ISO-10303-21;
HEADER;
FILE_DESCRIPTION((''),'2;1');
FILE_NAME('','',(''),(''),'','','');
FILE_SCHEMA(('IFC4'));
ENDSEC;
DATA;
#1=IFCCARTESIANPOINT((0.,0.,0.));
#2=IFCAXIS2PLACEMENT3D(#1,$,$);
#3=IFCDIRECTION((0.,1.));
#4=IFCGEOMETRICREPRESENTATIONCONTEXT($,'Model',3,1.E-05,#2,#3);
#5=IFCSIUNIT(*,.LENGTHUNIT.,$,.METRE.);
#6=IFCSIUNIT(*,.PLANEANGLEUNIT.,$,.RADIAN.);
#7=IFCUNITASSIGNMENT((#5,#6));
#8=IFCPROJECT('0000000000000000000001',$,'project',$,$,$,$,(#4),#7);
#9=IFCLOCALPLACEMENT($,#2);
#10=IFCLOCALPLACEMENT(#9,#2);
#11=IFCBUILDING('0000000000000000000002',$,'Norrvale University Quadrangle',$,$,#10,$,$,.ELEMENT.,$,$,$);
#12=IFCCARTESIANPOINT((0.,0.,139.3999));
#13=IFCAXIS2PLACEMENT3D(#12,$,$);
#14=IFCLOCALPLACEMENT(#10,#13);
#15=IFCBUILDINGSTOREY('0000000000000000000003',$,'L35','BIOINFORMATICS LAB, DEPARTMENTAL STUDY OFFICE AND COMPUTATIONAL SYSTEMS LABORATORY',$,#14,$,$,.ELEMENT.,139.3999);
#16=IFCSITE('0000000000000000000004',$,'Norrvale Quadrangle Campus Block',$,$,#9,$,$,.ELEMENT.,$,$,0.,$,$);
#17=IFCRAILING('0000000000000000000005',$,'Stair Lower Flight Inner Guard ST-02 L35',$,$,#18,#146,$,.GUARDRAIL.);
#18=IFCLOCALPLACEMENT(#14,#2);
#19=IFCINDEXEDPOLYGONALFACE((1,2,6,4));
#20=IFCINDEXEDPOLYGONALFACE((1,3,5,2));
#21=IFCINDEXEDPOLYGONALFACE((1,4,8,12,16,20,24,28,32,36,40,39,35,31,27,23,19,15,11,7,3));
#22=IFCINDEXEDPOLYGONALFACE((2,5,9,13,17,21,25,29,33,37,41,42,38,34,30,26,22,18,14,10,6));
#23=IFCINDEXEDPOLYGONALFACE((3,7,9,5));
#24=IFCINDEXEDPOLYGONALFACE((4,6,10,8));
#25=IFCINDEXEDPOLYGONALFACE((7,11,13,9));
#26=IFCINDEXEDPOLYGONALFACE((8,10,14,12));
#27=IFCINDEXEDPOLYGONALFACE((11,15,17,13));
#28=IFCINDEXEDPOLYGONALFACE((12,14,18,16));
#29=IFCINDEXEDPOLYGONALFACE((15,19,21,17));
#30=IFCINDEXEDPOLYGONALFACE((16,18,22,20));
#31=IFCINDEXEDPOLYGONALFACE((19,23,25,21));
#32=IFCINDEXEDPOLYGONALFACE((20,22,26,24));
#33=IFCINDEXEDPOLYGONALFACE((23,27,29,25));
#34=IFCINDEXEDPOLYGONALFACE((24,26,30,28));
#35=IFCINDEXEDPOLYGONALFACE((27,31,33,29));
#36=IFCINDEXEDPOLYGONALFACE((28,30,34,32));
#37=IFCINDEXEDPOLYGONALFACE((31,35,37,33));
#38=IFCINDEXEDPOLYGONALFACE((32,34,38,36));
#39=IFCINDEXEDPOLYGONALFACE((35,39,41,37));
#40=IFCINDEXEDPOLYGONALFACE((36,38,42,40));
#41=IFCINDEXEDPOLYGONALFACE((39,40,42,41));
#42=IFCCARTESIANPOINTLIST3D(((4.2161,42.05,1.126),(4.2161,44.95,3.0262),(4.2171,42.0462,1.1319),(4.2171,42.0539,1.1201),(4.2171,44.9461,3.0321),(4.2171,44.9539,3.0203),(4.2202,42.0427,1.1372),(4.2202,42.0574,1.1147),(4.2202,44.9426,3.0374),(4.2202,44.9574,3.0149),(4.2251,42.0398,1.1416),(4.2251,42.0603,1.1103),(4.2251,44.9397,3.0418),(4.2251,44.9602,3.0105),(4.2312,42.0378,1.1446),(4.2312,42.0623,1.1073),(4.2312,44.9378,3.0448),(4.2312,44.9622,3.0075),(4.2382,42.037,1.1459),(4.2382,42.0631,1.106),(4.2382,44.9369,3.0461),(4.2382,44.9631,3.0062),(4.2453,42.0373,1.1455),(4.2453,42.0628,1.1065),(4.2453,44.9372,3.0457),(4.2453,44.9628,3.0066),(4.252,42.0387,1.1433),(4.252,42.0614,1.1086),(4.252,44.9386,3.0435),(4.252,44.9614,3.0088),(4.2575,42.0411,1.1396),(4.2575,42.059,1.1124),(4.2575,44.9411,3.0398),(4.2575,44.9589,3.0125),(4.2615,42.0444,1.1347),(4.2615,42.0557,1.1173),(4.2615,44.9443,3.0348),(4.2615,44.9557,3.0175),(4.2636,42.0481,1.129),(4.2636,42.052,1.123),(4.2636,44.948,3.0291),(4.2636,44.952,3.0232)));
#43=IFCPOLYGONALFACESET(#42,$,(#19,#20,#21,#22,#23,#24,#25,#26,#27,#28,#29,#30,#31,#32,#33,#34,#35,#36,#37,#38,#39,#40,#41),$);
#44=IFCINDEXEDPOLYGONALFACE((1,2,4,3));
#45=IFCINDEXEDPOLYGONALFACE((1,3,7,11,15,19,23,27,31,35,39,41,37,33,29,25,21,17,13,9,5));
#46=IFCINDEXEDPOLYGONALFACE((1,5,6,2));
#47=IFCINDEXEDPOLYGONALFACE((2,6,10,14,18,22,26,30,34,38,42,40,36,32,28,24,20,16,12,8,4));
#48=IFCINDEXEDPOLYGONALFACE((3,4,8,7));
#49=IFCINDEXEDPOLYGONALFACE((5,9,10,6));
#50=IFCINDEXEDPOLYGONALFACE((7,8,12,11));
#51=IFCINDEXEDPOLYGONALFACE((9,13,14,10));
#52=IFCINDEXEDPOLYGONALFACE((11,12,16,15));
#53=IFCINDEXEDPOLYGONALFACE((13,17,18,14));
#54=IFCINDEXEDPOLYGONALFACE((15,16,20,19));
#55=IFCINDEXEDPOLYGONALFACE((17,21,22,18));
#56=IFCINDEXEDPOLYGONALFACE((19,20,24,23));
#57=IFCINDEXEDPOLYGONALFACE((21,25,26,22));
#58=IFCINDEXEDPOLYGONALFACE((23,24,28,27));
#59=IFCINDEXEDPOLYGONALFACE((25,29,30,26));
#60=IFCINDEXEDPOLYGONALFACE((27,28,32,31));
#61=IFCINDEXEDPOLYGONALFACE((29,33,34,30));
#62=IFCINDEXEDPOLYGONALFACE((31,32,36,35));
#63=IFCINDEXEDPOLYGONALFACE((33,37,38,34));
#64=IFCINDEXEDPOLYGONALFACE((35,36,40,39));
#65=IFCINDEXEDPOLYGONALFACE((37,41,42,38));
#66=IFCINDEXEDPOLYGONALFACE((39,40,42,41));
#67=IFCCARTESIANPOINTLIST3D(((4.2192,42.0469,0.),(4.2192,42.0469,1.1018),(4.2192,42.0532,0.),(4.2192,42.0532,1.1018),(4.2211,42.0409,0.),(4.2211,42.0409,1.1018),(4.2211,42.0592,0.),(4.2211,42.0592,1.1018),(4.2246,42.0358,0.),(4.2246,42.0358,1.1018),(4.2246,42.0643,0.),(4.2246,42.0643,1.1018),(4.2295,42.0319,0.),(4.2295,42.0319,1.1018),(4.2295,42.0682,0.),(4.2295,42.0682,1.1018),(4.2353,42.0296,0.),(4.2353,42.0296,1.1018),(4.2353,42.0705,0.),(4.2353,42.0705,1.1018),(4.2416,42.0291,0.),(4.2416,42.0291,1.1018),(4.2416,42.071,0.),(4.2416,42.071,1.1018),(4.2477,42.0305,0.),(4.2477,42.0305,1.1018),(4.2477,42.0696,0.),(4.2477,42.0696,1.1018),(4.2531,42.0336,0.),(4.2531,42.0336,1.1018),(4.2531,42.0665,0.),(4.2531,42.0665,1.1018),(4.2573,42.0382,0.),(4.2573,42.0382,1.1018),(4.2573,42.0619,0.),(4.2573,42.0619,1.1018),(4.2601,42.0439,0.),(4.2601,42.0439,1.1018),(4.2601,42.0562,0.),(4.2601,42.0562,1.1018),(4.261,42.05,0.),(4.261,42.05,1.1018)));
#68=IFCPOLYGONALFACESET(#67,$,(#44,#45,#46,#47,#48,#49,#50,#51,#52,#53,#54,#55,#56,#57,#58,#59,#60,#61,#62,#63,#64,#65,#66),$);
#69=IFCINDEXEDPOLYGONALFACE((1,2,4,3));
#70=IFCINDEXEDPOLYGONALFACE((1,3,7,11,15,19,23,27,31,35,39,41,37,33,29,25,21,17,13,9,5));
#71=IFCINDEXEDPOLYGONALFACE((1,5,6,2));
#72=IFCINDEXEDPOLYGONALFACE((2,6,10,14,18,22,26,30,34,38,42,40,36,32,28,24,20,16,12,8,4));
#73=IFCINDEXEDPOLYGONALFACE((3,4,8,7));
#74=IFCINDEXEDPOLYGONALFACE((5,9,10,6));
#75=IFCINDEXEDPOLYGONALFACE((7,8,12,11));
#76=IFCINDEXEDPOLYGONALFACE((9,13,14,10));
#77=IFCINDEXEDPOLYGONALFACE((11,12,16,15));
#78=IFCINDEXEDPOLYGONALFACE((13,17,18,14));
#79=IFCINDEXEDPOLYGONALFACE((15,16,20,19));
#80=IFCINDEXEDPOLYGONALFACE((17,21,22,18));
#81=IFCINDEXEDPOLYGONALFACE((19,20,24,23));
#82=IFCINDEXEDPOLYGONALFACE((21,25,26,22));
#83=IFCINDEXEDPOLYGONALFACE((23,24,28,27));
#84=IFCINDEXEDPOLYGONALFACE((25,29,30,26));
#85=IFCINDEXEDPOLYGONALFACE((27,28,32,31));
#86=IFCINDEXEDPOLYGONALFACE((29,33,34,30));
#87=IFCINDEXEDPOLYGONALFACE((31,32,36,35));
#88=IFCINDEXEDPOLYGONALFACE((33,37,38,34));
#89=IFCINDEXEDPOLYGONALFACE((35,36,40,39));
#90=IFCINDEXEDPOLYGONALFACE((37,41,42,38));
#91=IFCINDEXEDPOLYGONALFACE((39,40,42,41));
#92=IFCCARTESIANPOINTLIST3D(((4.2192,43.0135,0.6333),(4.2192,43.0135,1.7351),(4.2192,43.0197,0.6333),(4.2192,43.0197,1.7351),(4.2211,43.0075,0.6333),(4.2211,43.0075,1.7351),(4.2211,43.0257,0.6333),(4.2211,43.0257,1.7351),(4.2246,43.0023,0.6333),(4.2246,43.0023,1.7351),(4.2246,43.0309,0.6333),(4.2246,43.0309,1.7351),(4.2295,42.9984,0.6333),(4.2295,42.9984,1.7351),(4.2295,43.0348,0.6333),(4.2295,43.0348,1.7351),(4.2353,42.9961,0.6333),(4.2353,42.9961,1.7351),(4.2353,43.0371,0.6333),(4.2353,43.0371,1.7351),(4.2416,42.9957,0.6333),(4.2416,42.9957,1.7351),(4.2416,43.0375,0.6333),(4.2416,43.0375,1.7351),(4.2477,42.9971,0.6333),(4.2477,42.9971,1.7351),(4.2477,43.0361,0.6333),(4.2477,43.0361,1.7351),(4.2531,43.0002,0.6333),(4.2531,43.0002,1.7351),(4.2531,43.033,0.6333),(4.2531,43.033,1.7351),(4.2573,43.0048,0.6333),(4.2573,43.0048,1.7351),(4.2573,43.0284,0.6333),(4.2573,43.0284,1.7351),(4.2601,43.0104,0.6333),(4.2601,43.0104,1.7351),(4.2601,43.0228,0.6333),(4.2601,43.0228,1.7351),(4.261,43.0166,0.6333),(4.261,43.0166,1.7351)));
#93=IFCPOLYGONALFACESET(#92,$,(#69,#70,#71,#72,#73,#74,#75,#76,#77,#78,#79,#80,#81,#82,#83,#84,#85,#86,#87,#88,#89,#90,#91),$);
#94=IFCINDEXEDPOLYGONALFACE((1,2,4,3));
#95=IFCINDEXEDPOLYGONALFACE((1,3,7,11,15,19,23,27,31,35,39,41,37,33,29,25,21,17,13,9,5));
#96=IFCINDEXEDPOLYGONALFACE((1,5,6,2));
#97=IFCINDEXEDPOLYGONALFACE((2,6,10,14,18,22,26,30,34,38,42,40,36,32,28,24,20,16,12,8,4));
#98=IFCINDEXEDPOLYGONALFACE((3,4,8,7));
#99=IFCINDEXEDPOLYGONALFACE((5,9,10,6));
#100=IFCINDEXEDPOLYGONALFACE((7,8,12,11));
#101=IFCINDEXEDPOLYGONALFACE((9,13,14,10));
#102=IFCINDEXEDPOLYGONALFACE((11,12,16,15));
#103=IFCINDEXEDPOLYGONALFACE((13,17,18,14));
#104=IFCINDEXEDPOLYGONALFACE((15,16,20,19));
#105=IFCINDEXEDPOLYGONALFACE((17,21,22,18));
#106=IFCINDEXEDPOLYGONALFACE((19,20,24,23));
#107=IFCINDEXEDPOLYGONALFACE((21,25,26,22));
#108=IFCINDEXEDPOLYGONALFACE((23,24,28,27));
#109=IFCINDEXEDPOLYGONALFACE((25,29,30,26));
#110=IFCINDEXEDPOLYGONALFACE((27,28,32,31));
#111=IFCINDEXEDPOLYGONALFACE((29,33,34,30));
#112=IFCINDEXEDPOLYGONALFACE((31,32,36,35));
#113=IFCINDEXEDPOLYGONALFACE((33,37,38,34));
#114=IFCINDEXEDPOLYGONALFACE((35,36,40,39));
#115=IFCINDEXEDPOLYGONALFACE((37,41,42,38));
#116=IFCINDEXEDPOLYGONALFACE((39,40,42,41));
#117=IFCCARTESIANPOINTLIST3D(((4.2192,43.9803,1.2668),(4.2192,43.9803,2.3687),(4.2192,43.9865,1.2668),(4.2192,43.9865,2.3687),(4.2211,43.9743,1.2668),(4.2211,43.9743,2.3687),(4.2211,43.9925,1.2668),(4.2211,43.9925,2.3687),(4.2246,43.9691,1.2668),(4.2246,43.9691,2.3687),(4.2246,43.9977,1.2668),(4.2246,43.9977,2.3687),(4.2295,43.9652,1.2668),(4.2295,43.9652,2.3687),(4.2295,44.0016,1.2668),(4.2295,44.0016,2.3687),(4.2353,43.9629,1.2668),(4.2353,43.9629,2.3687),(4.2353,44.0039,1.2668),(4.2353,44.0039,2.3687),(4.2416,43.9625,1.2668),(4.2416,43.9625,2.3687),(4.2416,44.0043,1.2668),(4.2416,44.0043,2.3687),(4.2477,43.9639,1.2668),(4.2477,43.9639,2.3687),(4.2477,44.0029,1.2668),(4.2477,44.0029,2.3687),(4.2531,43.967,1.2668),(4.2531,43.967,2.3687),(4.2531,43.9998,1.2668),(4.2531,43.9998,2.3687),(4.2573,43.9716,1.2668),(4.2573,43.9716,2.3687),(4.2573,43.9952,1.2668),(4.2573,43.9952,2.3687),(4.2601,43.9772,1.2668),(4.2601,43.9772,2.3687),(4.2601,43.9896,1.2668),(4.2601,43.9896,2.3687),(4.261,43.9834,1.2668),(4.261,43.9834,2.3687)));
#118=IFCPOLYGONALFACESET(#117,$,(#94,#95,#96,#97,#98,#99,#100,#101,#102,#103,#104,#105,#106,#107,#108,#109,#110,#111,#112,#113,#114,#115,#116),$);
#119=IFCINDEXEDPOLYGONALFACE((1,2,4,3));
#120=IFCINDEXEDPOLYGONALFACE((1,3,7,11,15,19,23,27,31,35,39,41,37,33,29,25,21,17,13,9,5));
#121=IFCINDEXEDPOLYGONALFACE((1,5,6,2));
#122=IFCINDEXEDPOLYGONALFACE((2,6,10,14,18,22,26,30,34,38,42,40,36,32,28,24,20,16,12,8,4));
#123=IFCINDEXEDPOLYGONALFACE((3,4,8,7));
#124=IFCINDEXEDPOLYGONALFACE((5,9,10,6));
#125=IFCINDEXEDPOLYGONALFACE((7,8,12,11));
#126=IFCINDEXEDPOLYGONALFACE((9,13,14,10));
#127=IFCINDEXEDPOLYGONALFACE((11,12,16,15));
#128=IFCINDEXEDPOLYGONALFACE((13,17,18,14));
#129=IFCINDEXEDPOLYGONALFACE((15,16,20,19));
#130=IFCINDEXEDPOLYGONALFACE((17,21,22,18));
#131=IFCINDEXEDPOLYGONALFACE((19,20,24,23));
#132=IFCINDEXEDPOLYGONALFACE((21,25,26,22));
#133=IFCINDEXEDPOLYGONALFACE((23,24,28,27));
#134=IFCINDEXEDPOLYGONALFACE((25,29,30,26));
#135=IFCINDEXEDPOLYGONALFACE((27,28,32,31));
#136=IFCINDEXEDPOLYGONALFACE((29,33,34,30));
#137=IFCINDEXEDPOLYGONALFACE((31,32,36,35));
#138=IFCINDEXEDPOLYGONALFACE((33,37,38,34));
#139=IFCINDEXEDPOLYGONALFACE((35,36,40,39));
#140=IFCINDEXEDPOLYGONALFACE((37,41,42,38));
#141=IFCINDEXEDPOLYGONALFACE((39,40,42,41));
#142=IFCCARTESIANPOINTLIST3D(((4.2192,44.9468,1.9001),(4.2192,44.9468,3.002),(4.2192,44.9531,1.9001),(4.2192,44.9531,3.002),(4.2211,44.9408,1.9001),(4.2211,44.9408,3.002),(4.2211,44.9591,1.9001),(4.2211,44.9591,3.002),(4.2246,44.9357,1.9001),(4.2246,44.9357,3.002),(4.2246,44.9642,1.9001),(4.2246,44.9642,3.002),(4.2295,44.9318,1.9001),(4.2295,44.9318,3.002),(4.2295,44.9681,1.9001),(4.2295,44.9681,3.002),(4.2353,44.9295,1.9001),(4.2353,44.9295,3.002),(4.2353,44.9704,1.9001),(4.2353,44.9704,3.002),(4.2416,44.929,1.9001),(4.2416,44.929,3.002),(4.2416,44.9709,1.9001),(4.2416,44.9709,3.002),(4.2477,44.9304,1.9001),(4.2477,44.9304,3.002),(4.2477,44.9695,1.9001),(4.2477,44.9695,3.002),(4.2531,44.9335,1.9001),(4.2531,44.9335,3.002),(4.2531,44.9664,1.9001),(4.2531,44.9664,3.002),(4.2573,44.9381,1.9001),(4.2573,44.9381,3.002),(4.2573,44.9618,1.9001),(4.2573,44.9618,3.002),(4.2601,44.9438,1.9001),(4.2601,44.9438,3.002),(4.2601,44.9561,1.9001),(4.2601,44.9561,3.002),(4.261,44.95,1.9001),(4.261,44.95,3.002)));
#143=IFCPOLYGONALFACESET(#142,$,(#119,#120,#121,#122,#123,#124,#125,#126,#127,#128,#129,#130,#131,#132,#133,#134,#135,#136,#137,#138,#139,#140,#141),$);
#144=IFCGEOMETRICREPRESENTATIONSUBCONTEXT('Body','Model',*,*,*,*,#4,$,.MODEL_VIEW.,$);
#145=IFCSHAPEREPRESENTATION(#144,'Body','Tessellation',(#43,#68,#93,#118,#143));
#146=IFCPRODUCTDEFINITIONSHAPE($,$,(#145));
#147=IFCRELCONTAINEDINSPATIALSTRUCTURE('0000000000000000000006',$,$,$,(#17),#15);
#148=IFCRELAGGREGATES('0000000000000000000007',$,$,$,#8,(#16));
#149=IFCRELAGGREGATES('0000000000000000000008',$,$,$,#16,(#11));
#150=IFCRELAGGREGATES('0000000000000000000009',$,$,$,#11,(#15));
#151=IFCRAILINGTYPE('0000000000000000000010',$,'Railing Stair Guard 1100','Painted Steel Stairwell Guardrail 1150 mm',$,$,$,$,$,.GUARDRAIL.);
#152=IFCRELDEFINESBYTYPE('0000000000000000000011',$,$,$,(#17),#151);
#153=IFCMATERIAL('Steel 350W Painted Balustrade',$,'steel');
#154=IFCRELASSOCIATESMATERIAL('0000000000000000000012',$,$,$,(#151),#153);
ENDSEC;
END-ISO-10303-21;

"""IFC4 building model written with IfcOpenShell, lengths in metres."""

from ifc_helpers import new_model, si_unit, direction, frame, origin, origin_2d, place, context, subcontext, project, spatial, circle, extrude, material, type_object, element, save


model = new_model("IFC4")

# Units and contexts
model_context = context("Model", 3, precision=1e-05, world=origin(), true_north=direction((0.0, 1.0)))
body_context = subcontext(model_context, "Body", "Model", "MODEL_VIEW")
ifc_project = project(units=[si_unit("LENGTHUNIT", "METRE"), si_unit("PLANEANGLEUNIT", "RADIAN")], contexts=[model_context])

# Site, building, storey
site_placement = place(None, origin())
site = spatial("IfcSite", under=ifc_project, at=site_placement, Name="Norrvale Quadrangle Campus Block", CompositionType="ELEMENT", RefElevation=0.0)
building_placement = place(site_placement, origin())
building = spatial("IfcBuilding", under=site, at=building_placement, Name="Norrvale University Quadrangle", CompositionType="ELEMENT")
storey_placement = place(building_placement, frame((0.0, 0.0, 139.3999)))
storey = spatial("IfcBuildingStorey", under=building, at=storey_placement, Name="L35", Description="BIOINFORMATICS LAB, DEPARTMENTAL STUDY OFFICE AND COMPUTATIONAL SYSTEMS LABORATORY", CompositionType="ELEMENT", Elevation=139.3999)

# Railing
ifc_material_1 = material(Name="Steel 350W Painted Balustrade", Category="steel")
railing_type_1 = type_object("IfcRailingType", Name="Railing Stair Guard 1100", Description="Painted Steel Stairwell Guardrail 1150 mm", PredefinedType="GUARDRAIL", material=ifc_material_1)
railing_1_placement = place(storey_placement, frame((4.24, 42.05, 0.0)))
element("IfcRailing", 1, at=railing_1_placement, inside=storey, type_object=railing_type_1, Name="Stair Lower Flight Inner Guard ST-02 L35", PredefinedType="GUARDRAIL", context=body_context, shape_type="SweptSolid", body=[
    extrude(circle(Radius=0.0239, at=origin_2d()), frame((0.0, 0.0, 1.126), z_axis=(0.0, 0.836433, 0.548069), x_axis=(-1.0, 0.0, 0.0)), (0.0, 0.0, 1.0), 3.467),
    extrude(circle(Radius=0.021, at=origin_2d()), origin(), (0.0, 0.0, 1.0), 1.1018),
    extrude(circle(Radius=0.021, at=origin_2d()), frame((0.0, 0.9666, 0.6333)), (0.0, 0.0, 1.0), 1.1018),
    extrude(circle(Radius=0.021, at=origin_2d()), frame((0.0, 1.9333, 1.2668)), (0.0, 0.0, 1.0), 1.1018),
    extrude(circle(Radius=0.021, at=origin_2d()), frame((0.0, 2.8999, 1.9001)), (0.0, 0.0, 1.0), 1.1018),
])

save(model, "model.ifc")
